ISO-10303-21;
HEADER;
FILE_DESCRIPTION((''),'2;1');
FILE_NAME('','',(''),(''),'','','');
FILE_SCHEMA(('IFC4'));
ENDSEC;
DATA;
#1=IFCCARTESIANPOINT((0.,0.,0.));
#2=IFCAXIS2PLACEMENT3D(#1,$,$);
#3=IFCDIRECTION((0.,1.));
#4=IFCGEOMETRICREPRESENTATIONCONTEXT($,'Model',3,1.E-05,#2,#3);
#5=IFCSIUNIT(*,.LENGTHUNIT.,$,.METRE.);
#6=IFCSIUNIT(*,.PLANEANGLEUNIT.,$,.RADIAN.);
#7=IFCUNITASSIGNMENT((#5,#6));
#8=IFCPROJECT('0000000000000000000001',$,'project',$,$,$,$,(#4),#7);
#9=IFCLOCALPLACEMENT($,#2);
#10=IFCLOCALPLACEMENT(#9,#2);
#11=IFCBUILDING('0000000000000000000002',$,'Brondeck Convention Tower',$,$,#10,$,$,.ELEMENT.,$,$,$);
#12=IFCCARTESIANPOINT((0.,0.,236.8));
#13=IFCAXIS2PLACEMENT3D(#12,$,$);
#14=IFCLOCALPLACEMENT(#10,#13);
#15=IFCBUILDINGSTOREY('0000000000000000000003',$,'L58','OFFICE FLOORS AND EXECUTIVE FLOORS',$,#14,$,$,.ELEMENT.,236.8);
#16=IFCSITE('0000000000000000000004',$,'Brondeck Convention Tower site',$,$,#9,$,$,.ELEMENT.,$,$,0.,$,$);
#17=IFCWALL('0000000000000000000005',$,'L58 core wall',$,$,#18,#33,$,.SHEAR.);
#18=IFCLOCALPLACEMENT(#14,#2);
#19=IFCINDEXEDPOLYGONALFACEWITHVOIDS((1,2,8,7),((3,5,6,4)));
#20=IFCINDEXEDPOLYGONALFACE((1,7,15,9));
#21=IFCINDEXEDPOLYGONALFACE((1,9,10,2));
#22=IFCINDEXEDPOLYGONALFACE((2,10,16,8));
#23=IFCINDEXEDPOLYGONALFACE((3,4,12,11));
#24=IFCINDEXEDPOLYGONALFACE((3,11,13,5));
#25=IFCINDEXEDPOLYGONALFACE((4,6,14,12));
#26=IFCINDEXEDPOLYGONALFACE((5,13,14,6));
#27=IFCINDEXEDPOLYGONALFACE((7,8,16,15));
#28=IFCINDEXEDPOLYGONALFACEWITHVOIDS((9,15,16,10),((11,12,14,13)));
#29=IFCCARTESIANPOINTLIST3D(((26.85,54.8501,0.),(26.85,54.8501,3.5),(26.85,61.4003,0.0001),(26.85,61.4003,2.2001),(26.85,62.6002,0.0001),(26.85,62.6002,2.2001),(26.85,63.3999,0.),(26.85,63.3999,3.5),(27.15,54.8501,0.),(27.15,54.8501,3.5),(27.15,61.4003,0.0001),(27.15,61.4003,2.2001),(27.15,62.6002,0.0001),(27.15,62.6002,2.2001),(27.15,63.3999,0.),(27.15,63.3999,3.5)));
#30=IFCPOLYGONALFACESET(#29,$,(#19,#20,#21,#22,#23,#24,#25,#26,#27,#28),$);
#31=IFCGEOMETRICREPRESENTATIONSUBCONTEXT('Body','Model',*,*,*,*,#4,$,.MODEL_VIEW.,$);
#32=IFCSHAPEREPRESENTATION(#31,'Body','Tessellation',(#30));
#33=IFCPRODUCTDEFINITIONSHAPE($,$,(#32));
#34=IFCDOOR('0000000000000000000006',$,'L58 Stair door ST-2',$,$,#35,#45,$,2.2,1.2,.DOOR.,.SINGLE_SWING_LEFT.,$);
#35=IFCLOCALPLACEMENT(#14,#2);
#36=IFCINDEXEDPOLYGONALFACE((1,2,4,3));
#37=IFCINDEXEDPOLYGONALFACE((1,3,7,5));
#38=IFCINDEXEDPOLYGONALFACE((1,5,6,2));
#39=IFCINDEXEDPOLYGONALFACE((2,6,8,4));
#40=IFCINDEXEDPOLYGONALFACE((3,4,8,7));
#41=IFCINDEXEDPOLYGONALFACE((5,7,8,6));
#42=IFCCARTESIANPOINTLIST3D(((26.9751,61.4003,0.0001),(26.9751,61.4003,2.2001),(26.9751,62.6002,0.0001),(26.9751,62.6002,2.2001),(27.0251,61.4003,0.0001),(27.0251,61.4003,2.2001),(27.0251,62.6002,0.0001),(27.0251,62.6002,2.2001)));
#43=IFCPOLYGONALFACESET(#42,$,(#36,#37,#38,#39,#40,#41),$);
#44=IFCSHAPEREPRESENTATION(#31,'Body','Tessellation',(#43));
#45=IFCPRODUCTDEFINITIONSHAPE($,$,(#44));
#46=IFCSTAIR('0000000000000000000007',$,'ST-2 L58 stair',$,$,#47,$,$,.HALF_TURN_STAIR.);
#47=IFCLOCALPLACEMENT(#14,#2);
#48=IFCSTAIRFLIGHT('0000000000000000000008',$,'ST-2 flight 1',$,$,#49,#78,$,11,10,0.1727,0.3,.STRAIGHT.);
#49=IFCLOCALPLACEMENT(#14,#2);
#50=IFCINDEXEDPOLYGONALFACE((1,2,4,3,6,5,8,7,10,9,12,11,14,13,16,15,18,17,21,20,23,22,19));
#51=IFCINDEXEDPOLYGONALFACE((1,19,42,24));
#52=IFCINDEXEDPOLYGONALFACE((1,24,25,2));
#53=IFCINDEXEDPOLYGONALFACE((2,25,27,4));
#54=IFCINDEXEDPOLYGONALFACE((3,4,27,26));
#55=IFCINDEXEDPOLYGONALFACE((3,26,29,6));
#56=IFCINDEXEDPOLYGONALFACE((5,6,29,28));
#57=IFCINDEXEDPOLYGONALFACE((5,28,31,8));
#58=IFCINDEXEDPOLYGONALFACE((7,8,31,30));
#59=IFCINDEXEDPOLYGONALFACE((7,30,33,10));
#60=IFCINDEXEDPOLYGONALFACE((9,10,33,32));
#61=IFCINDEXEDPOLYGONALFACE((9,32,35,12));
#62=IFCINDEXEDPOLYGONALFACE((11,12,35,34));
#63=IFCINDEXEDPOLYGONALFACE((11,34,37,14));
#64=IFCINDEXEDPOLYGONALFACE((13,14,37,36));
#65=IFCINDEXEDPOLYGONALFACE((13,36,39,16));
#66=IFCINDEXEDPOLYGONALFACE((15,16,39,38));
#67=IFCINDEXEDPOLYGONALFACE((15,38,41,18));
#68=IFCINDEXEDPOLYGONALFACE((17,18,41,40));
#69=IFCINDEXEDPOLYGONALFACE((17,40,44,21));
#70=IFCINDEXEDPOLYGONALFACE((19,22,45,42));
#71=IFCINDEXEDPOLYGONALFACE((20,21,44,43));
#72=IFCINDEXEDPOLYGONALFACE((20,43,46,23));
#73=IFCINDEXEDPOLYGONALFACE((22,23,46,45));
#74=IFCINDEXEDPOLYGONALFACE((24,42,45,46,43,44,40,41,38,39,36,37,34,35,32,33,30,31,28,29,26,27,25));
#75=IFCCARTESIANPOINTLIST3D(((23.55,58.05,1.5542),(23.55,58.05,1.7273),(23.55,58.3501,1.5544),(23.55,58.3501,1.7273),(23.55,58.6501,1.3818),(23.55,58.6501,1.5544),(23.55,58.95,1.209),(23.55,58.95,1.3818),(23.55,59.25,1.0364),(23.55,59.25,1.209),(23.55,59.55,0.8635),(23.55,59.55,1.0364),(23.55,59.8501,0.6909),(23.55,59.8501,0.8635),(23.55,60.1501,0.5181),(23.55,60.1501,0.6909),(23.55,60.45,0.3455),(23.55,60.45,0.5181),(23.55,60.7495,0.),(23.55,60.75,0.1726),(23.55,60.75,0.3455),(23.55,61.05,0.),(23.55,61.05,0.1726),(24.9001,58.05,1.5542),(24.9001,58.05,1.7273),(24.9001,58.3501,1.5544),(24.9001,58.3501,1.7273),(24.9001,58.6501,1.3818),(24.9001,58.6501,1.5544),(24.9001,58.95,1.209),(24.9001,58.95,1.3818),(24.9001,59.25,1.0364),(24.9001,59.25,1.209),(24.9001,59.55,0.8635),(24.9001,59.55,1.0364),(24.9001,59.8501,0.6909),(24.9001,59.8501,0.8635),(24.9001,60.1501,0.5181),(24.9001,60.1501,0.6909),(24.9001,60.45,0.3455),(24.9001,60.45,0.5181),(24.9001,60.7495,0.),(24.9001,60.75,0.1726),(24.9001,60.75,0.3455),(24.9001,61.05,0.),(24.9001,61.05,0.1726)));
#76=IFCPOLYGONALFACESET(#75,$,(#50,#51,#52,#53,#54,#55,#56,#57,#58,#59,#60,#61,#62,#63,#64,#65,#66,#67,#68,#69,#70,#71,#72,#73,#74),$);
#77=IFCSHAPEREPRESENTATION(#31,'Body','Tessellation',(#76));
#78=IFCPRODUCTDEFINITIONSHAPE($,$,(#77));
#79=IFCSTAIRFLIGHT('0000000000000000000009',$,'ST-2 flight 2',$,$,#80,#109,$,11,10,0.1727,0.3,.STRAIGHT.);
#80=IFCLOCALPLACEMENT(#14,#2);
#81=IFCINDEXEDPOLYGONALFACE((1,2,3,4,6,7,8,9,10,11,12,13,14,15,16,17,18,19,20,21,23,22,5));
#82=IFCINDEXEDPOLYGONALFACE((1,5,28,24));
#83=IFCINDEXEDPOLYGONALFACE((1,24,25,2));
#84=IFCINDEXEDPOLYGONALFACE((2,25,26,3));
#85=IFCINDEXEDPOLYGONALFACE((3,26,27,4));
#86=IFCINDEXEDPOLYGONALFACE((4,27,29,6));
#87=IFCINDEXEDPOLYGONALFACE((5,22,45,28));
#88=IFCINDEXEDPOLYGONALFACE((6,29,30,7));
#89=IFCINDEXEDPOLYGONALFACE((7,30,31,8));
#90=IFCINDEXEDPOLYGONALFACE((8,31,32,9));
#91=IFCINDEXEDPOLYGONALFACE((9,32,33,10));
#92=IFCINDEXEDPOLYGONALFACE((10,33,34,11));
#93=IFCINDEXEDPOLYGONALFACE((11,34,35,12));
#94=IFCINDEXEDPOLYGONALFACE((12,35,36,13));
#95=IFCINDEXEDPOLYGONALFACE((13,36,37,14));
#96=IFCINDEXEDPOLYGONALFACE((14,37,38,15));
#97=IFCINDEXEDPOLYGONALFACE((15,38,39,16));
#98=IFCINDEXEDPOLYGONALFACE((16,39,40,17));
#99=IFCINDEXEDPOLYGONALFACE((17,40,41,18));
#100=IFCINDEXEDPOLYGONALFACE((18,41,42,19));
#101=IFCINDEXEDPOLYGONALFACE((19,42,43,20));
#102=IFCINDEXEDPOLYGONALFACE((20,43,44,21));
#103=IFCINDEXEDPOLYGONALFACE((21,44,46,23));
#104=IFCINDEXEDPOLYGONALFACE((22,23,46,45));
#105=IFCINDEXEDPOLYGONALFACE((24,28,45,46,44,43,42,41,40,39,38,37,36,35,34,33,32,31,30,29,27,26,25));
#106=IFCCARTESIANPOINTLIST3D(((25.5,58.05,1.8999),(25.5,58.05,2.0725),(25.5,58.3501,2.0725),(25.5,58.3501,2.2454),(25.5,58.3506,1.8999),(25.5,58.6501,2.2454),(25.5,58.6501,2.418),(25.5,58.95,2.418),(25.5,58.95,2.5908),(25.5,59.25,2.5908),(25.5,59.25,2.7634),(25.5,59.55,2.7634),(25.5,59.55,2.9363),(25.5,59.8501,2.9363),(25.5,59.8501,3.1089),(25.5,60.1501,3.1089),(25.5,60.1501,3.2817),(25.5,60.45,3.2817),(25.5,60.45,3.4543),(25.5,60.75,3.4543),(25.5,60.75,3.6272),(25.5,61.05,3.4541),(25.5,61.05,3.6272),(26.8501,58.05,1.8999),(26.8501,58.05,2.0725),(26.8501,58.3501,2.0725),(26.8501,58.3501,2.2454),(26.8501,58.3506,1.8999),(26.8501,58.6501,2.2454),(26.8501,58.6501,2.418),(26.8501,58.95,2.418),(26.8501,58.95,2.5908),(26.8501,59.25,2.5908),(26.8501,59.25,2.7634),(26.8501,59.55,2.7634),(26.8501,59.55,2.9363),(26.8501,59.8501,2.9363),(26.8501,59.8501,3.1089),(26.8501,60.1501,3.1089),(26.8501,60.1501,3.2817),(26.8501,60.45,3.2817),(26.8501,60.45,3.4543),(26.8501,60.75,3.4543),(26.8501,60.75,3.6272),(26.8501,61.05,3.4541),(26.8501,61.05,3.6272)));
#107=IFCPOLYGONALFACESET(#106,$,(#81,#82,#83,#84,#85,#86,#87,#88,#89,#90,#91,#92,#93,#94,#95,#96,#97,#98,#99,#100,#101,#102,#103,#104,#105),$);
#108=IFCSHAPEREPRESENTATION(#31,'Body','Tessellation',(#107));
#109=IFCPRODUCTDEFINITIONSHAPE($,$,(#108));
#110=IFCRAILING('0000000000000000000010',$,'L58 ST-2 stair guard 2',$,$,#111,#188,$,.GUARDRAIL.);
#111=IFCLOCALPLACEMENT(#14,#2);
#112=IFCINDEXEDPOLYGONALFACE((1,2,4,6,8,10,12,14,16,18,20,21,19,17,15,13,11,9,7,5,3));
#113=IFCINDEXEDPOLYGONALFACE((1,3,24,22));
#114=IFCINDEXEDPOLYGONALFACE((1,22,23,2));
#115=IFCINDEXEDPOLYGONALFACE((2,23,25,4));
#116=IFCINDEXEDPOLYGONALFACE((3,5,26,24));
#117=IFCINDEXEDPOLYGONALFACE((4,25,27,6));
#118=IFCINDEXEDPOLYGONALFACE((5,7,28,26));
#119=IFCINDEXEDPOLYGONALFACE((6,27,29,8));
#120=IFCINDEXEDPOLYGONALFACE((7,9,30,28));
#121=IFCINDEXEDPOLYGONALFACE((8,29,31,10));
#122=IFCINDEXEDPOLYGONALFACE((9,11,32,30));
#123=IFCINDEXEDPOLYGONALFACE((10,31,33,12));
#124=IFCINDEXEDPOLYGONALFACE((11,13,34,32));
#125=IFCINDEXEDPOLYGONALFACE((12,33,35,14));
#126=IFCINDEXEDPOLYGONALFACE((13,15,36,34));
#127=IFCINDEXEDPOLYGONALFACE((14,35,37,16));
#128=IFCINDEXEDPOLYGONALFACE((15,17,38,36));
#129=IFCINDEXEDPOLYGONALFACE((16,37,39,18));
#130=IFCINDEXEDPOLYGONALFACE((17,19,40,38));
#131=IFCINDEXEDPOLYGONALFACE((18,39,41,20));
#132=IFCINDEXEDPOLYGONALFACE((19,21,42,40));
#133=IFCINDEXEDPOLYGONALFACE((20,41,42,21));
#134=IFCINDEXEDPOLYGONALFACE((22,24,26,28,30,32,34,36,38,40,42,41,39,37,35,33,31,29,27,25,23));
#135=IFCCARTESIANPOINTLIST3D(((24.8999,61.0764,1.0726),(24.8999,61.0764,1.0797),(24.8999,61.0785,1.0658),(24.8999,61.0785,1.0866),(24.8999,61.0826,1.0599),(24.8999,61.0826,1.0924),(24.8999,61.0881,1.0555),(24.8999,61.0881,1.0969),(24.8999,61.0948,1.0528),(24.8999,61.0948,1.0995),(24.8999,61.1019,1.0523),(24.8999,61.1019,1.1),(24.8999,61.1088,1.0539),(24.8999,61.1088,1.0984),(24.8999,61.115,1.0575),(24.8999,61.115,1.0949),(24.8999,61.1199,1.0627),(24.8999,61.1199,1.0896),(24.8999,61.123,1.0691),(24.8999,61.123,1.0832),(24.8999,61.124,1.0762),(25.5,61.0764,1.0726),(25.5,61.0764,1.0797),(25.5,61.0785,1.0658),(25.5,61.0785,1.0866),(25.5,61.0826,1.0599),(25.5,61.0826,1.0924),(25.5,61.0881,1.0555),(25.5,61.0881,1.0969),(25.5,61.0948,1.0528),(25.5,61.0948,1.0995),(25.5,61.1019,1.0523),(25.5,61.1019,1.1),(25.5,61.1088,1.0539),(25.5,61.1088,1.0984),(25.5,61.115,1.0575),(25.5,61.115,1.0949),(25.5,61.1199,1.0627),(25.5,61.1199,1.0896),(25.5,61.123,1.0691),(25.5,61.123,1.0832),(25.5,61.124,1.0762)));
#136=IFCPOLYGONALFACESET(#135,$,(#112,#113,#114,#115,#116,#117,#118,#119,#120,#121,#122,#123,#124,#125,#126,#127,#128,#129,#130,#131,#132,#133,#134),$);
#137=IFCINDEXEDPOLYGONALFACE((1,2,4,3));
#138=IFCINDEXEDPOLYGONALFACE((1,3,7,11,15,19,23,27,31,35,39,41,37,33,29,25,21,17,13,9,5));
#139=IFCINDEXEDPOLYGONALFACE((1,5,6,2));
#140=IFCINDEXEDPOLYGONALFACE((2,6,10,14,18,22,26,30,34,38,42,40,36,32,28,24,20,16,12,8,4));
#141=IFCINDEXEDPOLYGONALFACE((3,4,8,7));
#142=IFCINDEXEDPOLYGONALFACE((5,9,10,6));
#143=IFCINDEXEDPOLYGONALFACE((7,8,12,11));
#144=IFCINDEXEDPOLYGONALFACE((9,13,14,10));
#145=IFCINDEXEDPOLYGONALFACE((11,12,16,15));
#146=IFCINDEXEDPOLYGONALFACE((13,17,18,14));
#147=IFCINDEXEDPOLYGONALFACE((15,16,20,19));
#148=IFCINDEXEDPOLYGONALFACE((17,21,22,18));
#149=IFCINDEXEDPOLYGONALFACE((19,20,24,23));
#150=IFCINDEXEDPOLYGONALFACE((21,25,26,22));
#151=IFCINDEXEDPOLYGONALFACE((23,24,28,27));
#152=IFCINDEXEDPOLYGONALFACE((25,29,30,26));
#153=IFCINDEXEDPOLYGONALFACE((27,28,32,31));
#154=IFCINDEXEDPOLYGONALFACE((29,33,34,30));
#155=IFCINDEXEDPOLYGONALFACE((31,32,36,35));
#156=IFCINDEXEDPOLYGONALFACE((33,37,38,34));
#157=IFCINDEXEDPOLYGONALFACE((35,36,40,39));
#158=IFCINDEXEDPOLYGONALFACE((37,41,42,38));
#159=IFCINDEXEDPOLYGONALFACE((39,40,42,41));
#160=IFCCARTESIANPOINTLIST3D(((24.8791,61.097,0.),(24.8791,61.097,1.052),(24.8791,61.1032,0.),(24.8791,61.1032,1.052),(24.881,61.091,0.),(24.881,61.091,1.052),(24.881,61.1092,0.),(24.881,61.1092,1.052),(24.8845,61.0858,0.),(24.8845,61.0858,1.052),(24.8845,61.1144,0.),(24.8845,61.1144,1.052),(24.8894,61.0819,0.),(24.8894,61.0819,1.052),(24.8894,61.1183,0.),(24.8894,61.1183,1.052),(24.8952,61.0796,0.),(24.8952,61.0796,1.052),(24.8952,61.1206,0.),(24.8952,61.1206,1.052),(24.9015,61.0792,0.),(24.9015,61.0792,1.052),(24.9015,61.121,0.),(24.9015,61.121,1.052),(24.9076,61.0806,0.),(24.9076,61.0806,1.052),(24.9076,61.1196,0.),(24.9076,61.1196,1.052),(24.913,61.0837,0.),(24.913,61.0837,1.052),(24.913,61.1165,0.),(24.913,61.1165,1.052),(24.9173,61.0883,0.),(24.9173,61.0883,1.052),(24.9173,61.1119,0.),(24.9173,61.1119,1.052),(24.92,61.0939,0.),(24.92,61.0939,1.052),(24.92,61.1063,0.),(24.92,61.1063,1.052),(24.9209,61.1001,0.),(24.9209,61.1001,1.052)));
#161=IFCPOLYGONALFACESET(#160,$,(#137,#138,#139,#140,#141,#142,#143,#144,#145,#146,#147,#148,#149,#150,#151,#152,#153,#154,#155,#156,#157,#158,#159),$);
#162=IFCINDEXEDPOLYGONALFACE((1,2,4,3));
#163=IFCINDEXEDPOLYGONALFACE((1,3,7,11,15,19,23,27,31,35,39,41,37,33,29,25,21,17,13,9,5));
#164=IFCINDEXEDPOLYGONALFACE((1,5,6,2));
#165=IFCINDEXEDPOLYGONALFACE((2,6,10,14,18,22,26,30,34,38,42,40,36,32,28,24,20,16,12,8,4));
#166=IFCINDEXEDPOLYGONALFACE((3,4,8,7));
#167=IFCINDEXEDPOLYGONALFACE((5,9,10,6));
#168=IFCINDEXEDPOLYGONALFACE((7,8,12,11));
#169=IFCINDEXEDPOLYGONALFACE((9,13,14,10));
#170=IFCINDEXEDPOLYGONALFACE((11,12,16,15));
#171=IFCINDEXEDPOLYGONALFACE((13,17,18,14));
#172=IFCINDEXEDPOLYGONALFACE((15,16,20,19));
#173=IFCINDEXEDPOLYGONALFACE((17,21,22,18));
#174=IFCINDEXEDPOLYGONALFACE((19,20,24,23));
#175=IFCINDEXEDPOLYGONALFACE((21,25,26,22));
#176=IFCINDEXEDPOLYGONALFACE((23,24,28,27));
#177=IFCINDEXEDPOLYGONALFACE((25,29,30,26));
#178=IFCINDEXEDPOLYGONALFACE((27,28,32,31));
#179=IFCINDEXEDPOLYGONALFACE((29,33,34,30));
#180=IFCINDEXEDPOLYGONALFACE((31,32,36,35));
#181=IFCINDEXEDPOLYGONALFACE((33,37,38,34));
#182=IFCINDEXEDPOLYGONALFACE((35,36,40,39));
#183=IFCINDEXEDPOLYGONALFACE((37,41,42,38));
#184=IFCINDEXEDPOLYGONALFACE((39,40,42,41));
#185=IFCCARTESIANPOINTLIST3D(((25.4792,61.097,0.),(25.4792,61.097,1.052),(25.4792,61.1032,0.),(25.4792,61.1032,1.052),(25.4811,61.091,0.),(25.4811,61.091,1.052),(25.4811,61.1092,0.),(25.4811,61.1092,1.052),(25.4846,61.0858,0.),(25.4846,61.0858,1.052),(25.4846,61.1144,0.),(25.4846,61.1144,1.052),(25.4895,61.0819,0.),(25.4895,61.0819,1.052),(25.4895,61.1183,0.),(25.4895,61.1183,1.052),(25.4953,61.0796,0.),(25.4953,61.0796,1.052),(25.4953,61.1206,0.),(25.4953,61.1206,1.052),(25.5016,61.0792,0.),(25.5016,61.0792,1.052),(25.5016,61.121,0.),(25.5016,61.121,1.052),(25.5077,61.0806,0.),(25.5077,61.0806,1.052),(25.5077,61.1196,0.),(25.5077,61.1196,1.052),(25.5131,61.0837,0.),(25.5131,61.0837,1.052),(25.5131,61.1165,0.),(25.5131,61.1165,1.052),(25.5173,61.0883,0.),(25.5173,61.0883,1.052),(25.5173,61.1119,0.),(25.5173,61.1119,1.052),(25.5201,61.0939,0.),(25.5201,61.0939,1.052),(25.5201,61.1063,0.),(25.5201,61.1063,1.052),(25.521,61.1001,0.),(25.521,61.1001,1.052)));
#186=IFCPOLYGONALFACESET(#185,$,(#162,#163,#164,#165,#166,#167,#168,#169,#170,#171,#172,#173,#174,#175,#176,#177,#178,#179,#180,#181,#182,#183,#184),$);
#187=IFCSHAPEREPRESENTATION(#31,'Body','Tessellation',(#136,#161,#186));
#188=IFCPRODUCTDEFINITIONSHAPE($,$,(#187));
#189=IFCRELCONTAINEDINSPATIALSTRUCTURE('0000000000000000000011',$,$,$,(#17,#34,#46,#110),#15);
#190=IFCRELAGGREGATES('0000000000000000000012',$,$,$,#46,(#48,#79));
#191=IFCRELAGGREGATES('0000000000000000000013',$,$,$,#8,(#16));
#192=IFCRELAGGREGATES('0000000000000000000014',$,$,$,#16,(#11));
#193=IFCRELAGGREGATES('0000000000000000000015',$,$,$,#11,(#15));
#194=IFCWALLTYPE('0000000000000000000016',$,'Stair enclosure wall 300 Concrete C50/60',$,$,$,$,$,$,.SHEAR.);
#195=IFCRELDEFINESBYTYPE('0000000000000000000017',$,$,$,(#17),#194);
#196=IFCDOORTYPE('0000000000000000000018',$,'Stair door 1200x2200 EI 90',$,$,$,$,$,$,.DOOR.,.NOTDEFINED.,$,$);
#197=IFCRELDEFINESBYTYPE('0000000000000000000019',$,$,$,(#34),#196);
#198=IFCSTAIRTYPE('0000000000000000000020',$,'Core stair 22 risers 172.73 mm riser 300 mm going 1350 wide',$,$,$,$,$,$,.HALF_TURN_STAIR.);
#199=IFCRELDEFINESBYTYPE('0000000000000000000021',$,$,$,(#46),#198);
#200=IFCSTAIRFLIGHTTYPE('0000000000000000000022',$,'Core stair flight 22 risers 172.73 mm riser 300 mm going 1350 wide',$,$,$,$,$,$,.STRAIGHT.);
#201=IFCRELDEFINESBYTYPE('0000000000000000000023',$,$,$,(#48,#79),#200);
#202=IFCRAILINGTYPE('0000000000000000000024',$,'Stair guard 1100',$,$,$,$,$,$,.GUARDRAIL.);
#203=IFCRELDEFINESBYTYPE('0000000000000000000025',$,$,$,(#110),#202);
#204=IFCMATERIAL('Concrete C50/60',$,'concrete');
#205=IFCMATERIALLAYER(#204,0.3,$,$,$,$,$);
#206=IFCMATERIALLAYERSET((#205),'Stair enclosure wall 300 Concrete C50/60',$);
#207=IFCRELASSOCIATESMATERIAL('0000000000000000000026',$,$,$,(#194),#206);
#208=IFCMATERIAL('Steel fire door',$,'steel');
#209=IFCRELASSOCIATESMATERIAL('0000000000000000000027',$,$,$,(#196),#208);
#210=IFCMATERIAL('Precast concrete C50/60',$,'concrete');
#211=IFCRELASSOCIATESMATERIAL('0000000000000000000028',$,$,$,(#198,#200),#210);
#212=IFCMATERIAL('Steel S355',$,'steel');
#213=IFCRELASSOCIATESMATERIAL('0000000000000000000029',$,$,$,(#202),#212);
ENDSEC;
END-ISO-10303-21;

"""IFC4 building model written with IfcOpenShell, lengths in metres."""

from ifc_helpers import new_model, si_unit, direction, frame, frame_2d, origin, origin_2d, place, context, subcontext, project, spatial, polyline, rectangle, circle, outline, extrude, material, layer, layer_set, type_object, element, fill, aggregate, save


model = new_model("IFC4")

# Units and contexts
model_context = context("Model", 3, precision=1e-05, world=origin(), true_north=direction((0.0, 1.0)))
body_context = subcontext(model_context, "Body", "Model", "MODEL_VIEW")
ifc_project = project(units=[si_unit("LENGTHUNIT", "METRE"), si_unit("PLANEANGLEUNIT", "RADIAN")], contexts=[model_context])

# Site, building, storey
site_placement = place(None, origin())
site = spatial("IfcSite", under=ifc_project, at=site_placement, Name="Brondeck Convention Tower site", CompositionType="ELEMENT", RefElevation=0.0)
building_placement = place(site_placement, origin())
building = spatial("IfcBuilding", under=site, at=building_placement, Name="Brondeck Convention Tower", CompositionType="ELEMENT")
storey_placement = place(building_placement, frame((0.0, 0.0, 236.8)))
storey = spatial("IfcBuildingStorey", under=building, at=storey_placement, Name="L58", Description="OFFICE FLOORS AND EXECUTIVE FLOORS", CompositionType="ELEMENT", Elevation=236.8)

# Shared definitions
ifc_material_1 = material(Name="Concrete C50/60", Category="concrete")

# Shared definitions
ifc_material_2 = material(Name="Steel fire door", Category="steel")

# Shared definitions
ifc_layer_1 = layer(ifc_material_1, 0.3)
ifc_layer_set_1 = layer_set([ifc_layer_1], Name="Stair enclosure wall 300 Concrete C50/60")
wall_type_1 = type_object("IfcWallType", Name="Stair enclosure wall 300 Concrete C50/60", PredefinedType="SHEAR", material=ifc_layer_set_1)

# Wall, opening, door
wall_1_placement = place(storey_placement, frame((27.0, 54.8501, 0.0), z_axis=(0.0, 0.0, 1.0), x_axis=(0.0, 1.0, 0.0)))
wall_1 = element("IfcWall", 1, at=wall_1_placement, inside=storey, type_object=wall_type_1, Name="L58 core wall", PredefinedType="SHEAR", context=body_context, shape_type="SweptSolid", body=[
    extrude(rectangle(XDim=8.5498, YDim=0.3, at=frame_2d((4.2749, 0.0))), origin(), (0.0, 0.0, 1.0), 3.5),
])
opening_1_placement = place(wall_1_placement, frame((6.55, 0.0, 0.0)))
opening_1 = element("IfcOpeningElement", 2, at=opening_1_placement, cuts=wall_1, PredefinedType="OPENING", context=body_context, shape_type="SweptSolid", body=[
    extrude(rectangle(XDim=1.2, YDim=2.2, at=frame_2d((0.6001, 1.1001))), frame((0.0, 0.1599, 0.0), z_axis=(0.0, -1.0, 0.0), x_axis=(1.0, 0.0, 0.0)), (0.0, 0.0, 1.0), 0.3201),
])
door_type_1 = type_object("IfcDoorType", Name="Stair door 1200x2200 EI 90", OperationType="NOTDEFINED", PredefinedType="DOOR", material=ifc_material_2)
door_1_placement = place(opening_1_placement, origin())
door_1 = element("IfcDoor", 3, at=door_1_placement, inside=storey, type_object=door_type_1, Name="L58 Stair door ST-2", OperationType="SINGLE_SWING_LEFT", OverallHeight=2.2, OverallWidth=1.2, PredefinedType="DOOR", context=body_context, shape_type="SweptSolid", body=[
    extrude(rectangle(XDim=1.2, YDim=2.2, at=frame_2d((0.6001, 1.1001))), frame((0.0, 0.0249, 0.0), z_axis=(0.0, -1.0, 0.0), x_axis=(1.0, 0.0, 0.0)), (0.0, 0.0, 1.0), 0.05),
])
fill(opening_1, door_1)

# Stair, stair flights
ifc_material_3 = material(Name="Precast concrete C50/60", Category="concrete")
stair_type = type_object("IfcStairType", Name="Core stair 22 risers 172.73 mm riser 300 mm going 1350 wide", PredefinedType="HALF_TURN_STAIR", material=ifc_material_3)
stair_placement = place(storey_placement, origin())
stair = element("IfcStair", 4, at=stair_placement, inside=storey, type_object=stair_type, Name="ST-2 L58 stair", PredefinedType="HALF_TURN_STAIR")
stair_flight_type = type_object("IfcStairFlightType", Name="Core stair flight 22 risers 172.73 mm riser 300 mm going 1350 wide", PredefinedType="STRAIGHT", material=ifc_material_3)
stair_flight_1_placement = place(storey_placement, frame((24.2251, 61.05, 0.0), z_axis=(0.0, 0.0, 1.0), x_axis=(0.0, -1.0, 0.0)))
stair_flight_1 = element("IfcStairFlight", 5, at=stair_flight_1_placement, type_object=stair_flight_type, Name="ST-2 flight 1", NumberOfRisers=11, NumberOfTreads=10, PredefinedType="STRAIGHT", RiserHeight=0.1727, TreadLength=0.3, context=body_context, shape_type="SweptSolid", body=[
    extrude(outline(polyline([(0.0, 0.0), (0.0, 0.1726), (0.3, 0.1726), (0.3, 0.3455), (0.6001, 0.3455), (0.6001, 0.5181), (0.8999, 0.5181), (0.8999, 0.6909), (1.2, 0.6909), (1.2, 0.8635), (1.5, 0.8635), (1.5, 1.0364), (1.8, 1.0364), (1.8, 1.209), (2.1001, 1.209), (2.1001, 1.3818), (2.3999, 1.3818), (2.3999, 1.5544), (2.7, 1.5544), (2.7, 1.7273), (3.0, 1.7273), (3.0, 1.8999), (3.0, 1.5542), (0.3005, 0.0), (0.0, 0.0)])), frame((0.0, 0.675, 0.0), z_axis=(0.0, -1.0, 0.0), x_axis=(1.0, 0.0, 0.0)), (0.0, 0.0, 1.0), 1.3501),
])
stair_flight_2_placement = place(storey_placement, frame((26.175, 58.05, 1.8999), z_axis=(0.0, 0.0, 1.0), x_axis=(0.0, 1.0, 0.0)))
stair_flight_2 = element("IfcStairFlight", 6, at=stair_flight_2_placement, type_object=stair_flight_type, Name="ST-2 flight 2", NumberOfRisers=11, NumberOfTreads=10, PredefinedType="STRAIGHT", RiserHeight=0.1727, TreadLength=0.3, context=body_context, shape_type="SweptSolid", body=[
    extrude(outline(polyline([(0.0, 0.0), (0.0, 0.1726), (0.3, 0.1726), (0.3, 0.3455), (0.6001, 0.3455), (0.6001, 0.5181), (0.8999, 0.5181), (0.8999, 0.6909), (1.2, 0.6909), (1.2, 0.8635), (1.5, 0.8635), (1.5, 1.0364), (1.8, 1.0364), (1.8, 1.209), (2.1001, 1.209), (2.1001, 1.3818), (2.3999, 1.3818), (2.3999, 1.5544), (2.7, 1.5544), (2.7, 1.7273), (3.0, 1.7273), (3.0, 1.8999), (3.0, 1.5542), (0.3005, 0.0), (0.0, 0.0)])), frame((0.0, 0.675, 0.0), z_axis=(0.0, -1.0, 0.0), x_axis=(1.0, 0.0, 0.0)), (0.0, 0.0, 1.0), 1.3501),
])
aggregate(stair, [stair_flight_1, stair_flight_2])

# Railing
ifc_material_4 = material(Name="Steel S355", Category="steel")
railing_type_1 = type_object("IfcRailingType", Name="Stair guard 1100", PredefinedType="GUARDRAIL", material=ifc_material_4)
railing_1_placement = place(storey_placement, frame((24.8999, 61.1001, 0.0)))
element("IfcRailing", 7, at=railing_1_placement, inside=storey, type_object=railing_type_1, Name="L58 ST-2 stair guard 2", PredefinedType="GUARDRAIL", context=body_context, shape_type="SweptSolid", body=[
    extrude(circle(Radius=0.0239, at=origin_2d()), frame((0.0, 0.0, 1.0762), z_axis=(1.0, 0.0, 0.0), x_axis=(0.0, 1.0, 0.0)), (0.0, 0.0, 1.0), 0.6001),
    extrude(circle(Radius=0.021, at=origin_2d()), origin(), (0.0, 0.0, 1.0), 1.052),
    extrude(circle(Radius=0.021, at=origin_2d()), frame((0.6001, 0.0, 0.0)), (0.0, 0.0, 1.0), 1.052),
])

save(model, "model.ifc")
